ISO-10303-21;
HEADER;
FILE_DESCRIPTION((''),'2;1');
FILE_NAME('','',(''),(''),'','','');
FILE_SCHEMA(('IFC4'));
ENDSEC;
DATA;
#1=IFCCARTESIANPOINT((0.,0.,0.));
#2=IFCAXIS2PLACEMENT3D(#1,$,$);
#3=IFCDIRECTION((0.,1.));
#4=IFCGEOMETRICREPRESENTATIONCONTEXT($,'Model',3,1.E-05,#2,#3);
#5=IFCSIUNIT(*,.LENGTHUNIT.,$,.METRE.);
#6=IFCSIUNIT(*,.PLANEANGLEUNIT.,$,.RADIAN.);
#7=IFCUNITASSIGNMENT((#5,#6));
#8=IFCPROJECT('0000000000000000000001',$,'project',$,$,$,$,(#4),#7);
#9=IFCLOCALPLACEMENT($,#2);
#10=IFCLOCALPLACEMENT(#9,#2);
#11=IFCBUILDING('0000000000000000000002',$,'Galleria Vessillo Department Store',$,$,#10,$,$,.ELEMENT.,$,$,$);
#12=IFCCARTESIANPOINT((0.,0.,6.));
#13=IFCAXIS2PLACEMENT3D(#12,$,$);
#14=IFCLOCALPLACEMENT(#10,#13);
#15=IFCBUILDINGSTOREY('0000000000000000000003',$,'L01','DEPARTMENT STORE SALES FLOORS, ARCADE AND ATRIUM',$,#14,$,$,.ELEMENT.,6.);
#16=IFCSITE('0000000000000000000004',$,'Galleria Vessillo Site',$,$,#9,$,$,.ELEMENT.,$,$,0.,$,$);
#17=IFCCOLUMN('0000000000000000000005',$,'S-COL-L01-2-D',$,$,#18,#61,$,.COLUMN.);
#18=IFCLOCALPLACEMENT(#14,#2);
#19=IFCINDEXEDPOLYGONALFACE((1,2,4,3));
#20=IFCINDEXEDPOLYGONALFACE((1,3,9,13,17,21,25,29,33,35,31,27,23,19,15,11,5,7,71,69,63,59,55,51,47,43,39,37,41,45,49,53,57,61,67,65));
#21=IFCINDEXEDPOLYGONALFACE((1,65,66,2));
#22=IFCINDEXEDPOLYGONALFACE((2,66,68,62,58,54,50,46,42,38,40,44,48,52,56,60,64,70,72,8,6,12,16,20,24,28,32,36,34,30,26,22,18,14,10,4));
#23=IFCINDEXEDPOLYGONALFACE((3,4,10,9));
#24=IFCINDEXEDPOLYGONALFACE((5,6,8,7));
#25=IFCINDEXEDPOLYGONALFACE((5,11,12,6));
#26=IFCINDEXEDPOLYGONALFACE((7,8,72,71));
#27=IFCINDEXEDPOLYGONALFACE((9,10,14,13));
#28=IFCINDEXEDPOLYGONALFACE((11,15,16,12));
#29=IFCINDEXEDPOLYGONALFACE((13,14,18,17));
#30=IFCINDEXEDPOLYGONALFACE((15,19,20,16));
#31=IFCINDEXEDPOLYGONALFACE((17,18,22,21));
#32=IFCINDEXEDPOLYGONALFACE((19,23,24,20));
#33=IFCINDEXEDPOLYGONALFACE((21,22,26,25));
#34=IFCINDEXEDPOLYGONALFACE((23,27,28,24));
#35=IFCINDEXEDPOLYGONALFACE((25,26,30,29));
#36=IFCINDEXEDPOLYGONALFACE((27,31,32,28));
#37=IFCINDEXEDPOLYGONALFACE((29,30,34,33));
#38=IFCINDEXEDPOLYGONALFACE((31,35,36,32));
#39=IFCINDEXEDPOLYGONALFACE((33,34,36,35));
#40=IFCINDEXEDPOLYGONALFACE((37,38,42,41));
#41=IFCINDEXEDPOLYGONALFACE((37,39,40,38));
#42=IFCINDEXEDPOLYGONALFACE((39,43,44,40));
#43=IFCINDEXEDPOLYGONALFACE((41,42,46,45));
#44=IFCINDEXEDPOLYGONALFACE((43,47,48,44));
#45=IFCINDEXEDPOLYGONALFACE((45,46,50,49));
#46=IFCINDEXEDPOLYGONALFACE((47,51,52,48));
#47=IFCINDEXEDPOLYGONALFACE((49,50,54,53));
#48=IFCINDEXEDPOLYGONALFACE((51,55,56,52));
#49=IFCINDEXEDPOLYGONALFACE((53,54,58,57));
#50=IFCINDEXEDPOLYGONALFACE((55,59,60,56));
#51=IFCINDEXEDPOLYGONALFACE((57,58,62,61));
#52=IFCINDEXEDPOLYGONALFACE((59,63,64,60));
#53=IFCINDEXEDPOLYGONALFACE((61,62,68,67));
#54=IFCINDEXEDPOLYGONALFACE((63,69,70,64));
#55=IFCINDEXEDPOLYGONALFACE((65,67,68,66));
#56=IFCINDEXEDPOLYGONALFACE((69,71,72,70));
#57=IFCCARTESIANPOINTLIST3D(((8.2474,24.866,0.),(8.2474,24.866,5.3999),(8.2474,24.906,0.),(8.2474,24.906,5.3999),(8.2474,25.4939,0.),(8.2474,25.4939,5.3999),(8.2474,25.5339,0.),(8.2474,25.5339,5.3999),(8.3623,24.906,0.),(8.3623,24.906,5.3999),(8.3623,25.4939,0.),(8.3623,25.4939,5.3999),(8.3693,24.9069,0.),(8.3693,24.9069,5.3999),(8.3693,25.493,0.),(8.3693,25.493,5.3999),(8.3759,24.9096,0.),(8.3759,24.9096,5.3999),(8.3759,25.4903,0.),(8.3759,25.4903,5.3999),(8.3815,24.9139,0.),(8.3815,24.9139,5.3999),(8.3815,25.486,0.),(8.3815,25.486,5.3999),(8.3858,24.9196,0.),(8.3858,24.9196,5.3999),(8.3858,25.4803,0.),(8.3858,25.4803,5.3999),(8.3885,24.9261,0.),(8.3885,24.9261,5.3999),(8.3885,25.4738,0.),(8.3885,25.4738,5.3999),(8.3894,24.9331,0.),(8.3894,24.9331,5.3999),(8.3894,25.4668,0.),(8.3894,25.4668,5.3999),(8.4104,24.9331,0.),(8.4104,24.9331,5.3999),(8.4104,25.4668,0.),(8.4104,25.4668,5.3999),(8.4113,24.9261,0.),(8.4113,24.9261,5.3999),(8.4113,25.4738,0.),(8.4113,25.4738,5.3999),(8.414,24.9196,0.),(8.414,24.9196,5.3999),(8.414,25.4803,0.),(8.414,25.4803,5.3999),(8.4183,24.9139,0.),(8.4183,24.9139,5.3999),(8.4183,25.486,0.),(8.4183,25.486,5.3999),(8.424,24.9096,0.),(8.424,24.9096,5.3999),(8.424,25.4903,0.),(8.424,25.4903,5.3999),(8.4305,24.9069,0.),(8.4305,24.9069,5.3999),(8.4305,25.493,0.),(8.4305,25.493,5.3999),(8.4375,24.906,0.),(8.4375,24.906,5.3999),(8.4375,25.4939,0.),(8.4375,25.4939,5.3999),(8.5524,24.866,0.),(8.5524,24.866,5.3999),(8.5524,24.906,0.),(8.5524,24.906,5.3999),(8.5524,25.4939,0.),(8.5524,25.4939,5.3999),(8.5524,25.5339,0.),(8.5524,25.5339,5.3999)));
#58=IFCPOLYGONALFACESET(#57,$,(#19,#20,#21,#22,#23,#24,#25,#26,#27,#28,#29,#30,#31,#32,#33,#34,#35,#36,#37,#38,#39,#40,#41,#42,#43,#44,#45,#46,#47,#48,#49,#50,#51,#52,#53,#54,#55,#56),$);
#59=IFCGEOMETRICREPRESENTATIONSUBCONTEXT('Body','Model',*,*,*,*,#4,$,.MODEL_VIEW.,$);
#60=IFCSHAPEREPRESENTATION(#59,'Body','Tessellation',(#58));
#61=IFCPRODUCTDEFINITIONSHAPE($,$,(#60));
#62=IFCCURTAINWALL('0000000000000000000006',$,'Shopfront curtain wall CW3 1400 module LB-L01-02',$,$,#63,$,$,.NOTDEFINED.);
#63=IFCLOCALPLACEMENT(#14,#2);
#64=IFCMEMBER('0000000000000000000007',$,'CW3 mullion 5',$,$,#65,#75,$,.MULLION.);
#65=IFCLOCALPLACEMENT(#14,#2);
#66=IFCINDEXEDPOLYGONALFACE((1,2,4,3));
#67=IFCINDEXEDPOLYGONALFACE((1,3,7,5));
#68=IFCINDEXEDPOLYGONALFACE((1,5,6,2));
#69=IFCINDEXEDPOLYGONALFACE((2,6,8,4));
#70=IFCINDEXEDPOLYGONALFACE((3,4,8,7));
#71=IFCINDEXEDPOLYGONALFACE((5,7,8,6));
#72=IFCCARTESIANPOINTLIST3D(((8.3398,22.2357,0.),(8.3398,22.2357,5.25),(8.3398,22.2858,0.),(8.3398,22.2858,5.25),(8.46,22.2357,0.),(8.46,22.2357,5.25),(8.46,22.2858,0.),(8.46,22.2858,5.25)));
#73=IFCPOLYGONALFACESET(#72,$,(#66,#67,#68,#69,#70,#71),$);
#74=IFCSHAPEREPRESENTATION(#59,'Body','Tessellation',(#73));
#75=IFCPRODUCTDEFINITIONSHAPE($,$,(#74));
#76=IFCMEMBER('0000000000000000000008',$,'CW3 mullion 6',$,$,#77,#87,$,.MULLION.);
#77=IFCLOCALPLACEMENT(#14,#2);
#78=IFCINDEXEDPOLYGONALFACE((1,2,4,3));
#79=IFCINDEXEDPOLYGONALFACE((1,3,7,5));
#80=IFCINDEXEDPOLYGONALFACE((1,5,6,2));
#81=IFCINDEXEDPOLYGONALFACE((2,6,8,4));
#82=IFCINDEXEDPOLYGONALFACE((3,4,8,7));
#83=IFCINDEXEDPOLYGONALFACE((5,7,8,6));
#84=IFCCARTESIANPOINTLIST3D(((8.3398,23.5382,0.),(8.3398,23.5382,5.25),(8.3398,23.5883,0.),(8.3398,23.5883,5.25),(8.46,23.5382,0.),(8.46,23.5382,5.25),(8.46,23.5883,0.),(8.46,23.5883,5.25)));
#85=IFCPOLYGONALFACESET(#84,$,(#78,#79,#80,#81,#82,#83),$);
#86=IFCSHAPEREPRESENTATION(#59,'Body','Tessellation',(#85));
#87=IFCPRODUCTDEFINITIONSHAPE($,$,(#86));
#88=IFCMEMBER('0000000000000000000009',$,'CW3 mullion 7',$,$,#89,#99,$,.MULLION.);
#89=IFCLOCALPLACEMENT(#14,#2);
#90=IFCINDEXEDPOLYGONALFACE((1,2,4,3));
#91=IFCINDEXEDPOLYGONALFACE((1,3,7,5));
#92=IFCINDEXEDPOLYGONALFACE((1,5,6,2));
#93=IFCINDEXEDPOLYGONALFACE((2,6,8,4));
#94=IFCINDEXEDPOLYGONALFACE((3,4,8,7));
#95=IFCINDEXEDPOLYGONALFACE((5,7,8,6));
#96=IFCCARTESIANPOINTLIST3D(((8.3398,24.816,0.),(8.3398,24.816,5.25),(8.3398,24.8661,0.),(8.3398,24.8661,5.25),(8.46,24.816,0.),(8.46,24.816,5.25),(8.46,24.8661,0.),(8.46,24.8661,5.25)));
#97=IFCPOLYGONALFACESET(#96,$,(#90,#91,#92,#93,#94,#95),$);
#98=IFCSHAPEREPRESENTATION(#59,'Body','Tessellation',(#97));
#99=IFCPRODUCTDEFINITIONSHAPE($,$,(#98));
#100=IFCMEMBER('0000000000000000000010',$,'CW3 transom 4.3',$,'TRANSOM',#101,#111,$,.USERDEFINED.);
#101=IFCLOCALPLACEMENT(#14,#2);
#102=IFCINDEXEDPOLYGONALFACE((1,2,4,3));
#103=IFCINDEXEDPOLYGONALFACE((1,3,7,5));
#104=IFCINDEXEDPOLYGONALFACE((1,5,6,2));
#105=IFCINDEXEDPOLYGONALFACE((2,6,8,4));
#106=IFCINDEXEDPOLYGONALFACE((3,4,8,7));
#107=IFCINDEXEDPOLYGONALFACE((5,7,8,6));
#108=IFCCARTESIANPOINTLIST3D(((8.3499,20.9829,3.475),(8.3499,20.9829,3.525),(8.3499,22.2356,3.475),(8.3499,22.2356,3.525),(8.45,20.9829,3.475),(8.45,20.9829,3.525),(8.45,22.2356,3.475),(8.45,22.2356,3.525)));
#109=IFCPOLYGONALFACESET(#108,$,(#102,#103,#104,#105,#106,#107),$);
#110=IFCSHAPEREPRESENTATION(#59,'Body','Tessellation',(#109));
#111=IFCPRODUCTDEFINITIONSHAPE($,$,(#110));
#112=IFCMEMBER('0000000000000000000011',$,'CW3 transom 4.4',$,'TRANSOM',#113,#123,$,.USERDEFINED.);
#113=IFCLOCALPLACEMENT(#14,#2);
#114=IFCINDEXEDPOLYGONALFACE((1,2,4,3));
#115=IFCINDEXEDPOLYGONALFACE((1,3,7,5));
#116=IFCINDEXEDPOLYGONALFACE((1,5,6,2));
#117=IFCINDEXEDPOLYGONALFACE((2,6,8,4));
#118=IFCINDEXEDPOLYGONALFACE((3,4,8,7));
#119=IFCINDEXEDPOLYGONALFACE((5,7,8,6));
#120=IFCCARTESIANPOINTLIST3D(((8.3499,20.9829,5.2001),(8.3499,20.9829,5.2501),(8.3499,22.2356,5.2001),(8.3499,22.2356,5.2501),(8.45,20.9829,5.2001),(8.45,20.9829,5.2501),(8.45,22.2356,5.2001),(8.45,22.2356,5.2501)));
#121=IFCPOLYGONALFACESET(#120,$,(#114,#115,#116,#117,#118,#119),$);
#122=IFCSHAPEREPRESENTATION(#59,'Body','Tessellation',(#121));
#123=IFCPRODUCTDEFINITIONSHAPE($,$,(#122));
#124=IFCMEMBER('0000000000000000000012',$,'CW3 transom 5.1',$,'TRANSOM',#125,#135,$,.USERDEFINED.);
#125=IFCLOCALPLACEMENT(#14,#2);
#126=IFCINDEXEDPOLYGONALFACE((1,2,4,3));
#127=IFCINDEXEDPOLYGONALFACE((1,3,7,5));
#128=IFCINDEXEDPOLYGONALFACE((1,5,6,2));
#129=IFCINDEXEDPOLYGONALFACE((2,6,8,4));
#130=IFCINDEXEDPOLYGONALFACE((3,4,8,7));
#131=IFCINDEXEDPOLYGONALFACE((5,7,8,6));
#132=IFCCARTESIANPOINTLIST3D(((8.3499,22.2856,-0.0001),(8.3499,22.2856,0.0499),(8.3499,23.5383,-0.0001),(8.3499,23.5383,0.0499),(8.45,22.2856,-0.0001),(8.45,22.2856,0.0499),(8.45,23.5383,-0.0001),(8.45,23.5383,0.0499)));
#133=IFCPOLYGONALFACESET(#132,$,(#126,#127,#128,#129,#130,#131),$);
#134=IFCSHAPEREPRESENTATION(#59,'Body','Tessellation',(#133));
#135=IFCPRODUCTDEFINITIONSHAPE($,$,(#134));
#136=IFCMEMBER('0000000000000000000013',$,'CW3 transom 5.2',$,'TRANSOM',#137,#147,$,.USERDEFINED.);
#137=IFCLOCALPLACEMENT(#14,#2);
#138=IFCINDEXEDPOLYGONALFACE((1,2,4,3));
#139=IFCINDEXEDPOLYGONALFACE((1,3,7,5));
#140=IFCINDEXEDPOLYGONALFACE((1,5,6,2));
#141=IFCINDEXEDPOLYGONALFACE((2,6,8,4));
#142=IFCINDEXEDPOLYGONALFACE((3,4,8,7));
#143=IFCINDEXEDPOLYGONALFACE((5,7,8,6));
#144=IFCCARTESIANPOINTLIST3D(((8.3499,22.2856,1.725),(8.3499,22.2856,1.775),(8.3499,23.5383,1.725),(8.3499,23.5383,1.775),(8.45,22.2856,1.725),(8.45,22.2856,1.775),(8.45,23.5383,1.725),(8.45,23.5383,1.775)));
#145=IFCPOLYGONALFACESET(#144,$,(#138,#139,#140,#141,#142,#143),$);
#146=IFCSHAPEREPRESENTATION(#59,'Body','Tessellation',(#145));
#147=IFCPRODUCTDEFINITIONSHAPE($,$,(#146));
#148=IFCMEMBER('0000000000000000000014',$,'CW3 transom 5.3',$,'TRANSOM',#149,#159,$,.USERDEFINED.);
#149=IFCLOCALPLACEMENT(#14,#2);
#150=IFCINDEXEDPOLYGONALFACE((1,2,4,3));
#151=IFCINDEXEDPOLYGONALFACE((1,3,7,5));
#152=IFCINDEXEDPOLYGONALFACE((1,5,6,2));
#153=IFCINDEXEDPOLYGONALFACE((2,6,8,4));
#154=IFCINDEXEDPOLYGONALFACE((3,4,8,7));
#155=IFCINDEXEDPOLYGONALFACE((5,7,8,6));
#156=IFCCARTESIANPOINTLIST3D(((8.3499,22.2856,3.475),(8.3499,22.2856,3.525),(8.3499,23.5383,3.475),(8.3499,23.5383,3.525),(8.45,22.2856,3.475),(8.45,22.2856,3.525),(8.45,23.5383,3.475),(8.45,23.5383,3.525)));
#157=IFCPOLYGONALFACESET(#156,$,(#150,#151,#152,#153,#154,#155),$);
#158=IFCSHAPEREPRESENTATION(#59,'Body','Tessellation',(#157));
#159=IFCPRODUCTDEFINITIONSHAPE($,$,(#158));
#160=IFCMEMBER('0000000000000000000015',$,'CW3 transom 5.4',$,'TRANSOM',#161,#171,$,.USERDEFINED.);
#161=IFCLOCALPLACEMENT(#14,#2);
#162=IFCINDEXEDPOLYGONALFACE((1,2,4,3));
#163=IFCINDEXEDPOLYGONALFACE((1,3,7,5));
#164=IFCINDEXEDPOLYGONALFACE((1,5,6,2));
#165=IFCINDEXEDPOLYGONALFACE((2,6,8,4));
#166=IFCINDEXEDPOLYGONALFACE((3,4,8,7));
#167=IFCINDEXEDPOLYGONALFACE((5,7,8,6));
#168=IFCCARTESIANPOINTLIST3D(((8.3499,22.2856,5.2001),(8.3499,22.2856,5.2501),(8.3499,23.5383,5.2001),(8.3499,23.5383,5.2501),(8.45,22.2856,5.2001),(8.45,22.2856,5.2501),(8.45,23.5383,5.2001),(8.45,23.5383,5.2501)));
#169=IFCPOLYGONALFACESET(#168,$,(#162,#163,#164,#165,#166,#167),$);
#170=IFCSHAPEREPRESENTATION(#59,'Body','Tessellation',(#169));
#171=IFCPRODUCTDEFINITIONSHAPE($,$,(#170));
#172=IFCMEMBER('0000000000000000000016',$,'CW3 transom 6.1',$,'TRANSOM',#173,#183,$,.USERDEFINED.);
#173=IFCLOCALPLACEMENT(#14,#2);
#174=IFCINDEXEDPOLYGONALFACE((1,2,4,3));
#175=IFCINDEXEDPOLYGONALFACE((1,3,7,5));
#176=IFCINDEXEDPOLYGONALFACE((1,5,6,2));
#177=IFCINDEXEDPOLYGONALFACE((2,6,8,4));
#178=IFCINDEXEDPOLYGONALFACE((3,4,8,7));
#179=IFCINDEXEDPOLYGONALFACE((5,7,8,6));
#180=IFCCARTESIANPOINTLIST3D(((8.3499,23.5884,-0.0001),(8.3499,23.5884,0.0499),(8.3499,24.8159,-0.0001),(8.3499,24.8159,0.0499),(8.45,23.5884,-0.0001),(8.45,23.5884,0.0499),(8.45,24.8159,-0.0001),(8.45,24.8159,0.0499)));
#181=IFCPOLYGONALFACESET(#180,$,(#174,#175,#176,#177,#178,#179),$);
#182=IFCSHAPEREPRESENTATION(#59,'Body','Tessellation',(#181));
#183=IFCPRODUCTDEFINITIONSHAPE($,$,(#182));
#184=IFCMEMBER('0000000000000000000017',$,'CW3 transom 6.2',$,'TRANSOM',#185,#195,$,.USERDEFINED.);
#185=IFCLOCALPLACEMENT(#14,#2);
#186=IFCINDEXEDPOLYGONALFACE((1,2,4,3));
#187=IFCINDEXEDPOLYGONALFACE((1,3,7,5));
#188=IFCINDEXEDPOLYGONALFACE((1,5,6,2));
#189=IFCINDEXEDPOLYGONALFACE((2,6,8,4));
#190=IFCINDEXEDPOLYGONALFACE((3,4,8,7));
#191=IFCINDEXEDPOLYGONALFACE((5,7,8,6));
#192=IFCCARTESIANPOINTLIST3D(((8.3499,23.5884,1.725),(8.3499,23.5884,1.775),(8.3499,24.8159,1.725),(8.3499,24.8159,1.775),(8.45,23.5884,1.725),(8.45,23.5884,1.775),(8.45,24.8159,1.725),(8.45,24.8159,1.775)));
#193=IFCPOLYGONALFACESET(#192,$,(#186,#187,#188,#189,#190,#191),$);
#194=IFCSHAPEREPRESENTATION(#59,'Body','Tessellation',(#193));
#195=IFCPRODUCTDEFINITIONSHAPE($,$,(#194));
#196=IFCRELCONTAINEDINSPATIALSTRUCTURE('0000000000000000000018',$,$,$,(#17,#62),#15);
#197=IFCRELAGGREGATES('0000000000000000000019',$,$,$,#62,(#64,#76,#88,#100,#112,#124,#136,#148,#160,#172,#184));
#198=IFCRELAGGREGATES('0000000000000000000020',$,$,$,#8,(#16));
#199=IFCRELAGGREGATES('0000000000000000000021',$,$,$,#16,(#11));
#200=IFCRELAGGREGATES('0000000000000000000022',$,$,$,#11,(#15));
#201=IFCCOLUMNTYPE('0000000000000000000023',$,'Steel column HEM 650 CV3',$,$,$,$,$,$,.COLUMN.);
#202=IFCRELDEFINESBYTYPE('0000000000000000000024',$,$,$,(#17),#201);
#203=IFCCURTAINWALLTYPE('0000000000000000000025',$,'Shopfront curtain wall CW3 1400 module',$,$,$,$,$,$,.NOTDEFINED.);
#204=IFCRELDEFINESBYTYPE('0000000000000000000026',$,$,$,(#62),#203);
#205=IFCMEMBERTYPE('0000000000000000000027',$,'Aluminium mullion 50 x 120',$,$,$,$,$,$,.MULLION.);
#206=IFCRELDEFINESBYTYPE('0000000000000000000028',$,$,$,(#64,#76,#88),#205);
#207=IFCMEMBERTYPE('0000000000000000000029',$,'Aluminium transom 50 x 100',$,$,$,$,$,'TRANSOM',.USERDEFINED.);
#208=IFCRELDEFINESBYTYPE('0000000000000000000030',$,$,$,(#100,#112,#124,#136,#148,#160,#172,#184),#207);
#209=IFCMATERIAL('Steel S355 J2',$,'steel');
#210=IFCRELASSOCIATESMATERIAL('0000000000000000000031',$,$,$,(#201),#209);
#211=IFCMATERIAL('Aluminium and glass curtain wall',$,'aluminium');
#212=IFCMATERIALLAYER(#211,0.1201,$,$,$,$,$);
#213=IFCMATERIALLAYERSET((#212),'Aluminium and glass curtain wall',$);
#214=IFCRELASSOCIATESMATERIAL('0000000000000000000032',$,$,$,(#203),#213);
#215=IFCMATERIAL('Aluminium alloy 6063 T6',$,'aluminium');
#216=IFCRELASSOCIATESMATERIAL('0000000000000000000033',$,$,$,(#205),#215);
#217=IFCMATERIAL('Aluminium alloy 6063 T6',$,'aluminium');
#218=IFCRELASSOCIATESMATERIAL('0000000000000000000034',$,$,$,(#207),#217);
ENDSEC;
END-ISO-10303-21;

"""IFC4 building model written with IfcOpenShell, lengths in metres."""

from ifc_helpers import new_model, si_unit, direction, frame, origin, origin_2d, place, context, subcontext, project, spatial, rectangle, i_section, extrude, material, layer, layer_set, material_profile, profile_set, type_object, element, aggregate, save


model = new_model("IFC4")

# Units and contexts
model_context = context("Model", 3, precision=1e-05, world=origin(), true_north=direction((0.0, 1.0)))
body_context = subcontext(model_context, "Body", "Model", "MODEL_VIEW")
ifc_project = project(units=[si_unit("LENGTHUNIT", "METRE"), si_unit("PLANEANGLEUNIT", "RADIAN")], contexts=[model_context])

# Site, building, storey
site_placement = place(None, origin())
site = spatial("IfcSite", under=ifc_project, at=site_placement, Name="Galleria Vessillo Site", CompositionType="ELEMENT", RefElevation=0.0)
building_placement = place(site_placement, origin())
building = spatial("IfcBuilding", under=site, at=building_placement, Name="Galleria Vessillo Department Store", CompositionType="ELEMENT")
storey_placement = place(building_placement, frame((0.0, 0.0, 6.0)))
storey = spatial("IfcBuildingStorey", under=building, at=storey_placement, Name="L01", Description="DEPARTMENT STORE SALES FLOORS, ARCADE AND ATRIUM", CompositionType="ELEMENT", Elevation=6.0)

# Column
ifc_material_1 = material(Name="Steel S355 J2", Category="steel")
ifc_material_profile_1 = material_profile(ifc_material_1, i_section(OverallWidth=0.3049, OverallDepth=0.668, WebThickness=0.021, FlangeThickness=0.04, FilletRadius=0.0271, at=origin_2d()), Name="HEM 650")
ifc_profile_set_1 = profile_set([ifc_material_profile_1], Name="Steel S355 J2")
column_type = type_object("IfcColumnType", Name="Steel column HEM 650 CV3", PredefinedType="COLUMN", material=ifc_profile_set_1)
column_placement = place(storey_placement, frame((8.3999, 25.2, 0.0), z_axis=(0.0, 0.0, 1.0), x_axis=(1.0, 0.0, 0.0)))
element("IfcColumn", 1, at=column_placement, inside=storey, type_object=column_type, Name="S-COL-L01-2-D", PredefinedType="COLUMN", context=body_context, shape_type="SweptSolid", body=[
    extrude(i_section(OverallWidth=0.3049, OverallDepth=0.668, WebThickness=0.021, FlangeThickness=0.04, FilletRadius=0.0271, at=origin_2d()), origin(), (0.0, 0.0, 1.0), 5.3999),
])

# Curtain wall, members
ifc_material_2 = material(Name="Aluminium and glass curtain wall", Category="aluminium")
ifc_layer_1 = layer(ifc_material_2, 0.1201)
ifc_layer_set_1 = layer_set([ifc_layer_1], Name="Aluminium and glass curtain wall")
curtain_wall_type = type_object("IfcCurtainWallType", Name="Shopfront curtain wall CW3 1400 module", PredefinedType="NOTDEFINED", material=ifc_layer_set_1)
curtain_wall_placement = place(storey_placement, origin())
curtain_wall = element("IfcCurtainWall", 2, at=curtain_wall_placement, inside=storey, type_object=curtain_wall_type, Name="Shopfront curtain wall CW3 1400 module LB-L01-02", PredefinedType="NOTDEFINED")
ifc_material_3 = material(Name="Aluminium alloy 6063 T6", Category="aluminium")
ifc_material_profile_2 = material_profile(ifc_material_3, rectangle(XDim=0.1201, YDim=0.05, at=origin_2d()), Name="AL 50x120")
ifc_profile_set_2 = profile_set([ifc_material_profile_2], Name="Aluminium alloy 6063 T6")
member_type_1 = type_object("IfcMemberType", Name="Aluminium mullion 50 x 120", PredefinedType="MULLION", material=ifc_profile_set_2)
member_1_placement = place(storey_placement, frame((8.3999, 22.2607, 0.0), z_axis=(0.0, 0.0, 1.0), x_axis=(-1.0, 0.0, 0.0)))
member_1 = element("IfcMember", 3, at=member_1_placement, type_object=member_type_1, Name="CW3 mullion 5", PredefinedType="MULLION", context=body_context, shape_type="SweptSolid", body=[
    extrude(rectangle(XDim=0.1201, YDim=0.05, at=origin_2d()), origin(), (0.0, 0.0, 1.0), 5.25),
])
member_2_placement = place(storey_placement, frame((8.3999, 23.5632, 0.0), z_axis=(0.0, 0.0, 1.0), x_axis=(-1.0, 0.0, 0.0)))
member_2 = element("IfcMember", 4, at=member_2_placement, type_object=member_type_1, Name="CW3 mullion 6", PredefinedType="MULLION", context=body_context, shape_type="SweptSolid", body=[
    extrude(rectangle(XDim=0.1201, YDim=0.05, at=origin_2d()), origin(), (0.0, 0.0, 1.0), 5.25),
])
member_3_placement = place(storey_placement, frame((8.3999, 24.8411, 0.0), z_axis=(0.0, 0.0, 1.0), x_axis=(-1.0, 0.0, 0.0)))
member_3 = element("IfcMember", 5, at=member_3_placement, type_object=member_type_1, Name="CW3 mullion 7", PredefinedType="MULLION", context=body_context, shape_type="SweptSolid", body=[
    extrude(rectangle(XDim=0.1201, YDim=0.05, at=origin_2d()), origin(), (0.0, 0.0, 1.0), 5.25),
])
ifc_material_4 = material(Name="Aluminium alloy 6063 T6", Category="aluminium")
ifc_material_profile_3 = material_profile(ifc_material_4, rectangle(XDim=0.1001, YDim=0.05, at=origin_2d()), Name="AL 50x100")
ifc_profile_set_3 = profile_set([ifc_material_profile_3], Name="Aluminium alloy 6063 T6")
member_type_2 = type_object("IfcMemberType", Name="Aluminium transom 50 x 100", ElementType="TRANSOM", PredefinedType="USERDEFINED", material=ifc_profile_set_3)
member_4_placement = place(storey_placement, frame((8.3999, 20.9829, 3.5), z_axis=(0.0, 1.0, 0.0), x_axis=(-1.0, 0.0, 0.0)))
member_4 = element("IfcMember", 6, at=member_4_placement, type_object=member_type_2, Name="CW3 transom 4.3", ObjectType="TRANSOM", PredefinedType="USERDEFINED", context=body_context, shape_type="SweptSolid", body=[
    extrude(rectangle(XDim=0.1001, YDim=0.05, at=origin_2d()), origin(), (0.0, 0.0, 1.0), 1.2527),
])
member_5_placement = place(storey_placement, frame((8.3999, 20.9829, 5.2251), z_axis=(0.0, 1.0, 0.0), x_axis=(-1.0, 0.0, 0.0)))
member_5 = element("IfcMember", 7, at=member_5_placement, type_object=member_type_2, Name="CW3 transom 4.4", ObjectType="TRANSOM", PredefinedType="USERDEFINED", context=body_context, shape_type="SweptSolid", body=[
    extrude(rectangle(XDim=0.1001, YDim=0.05, at=origin_2d()), origin(), (0.0, 0.0, 1.0), 1.2527),
])
member_6_placement = place(storey_placement, frame((8.3999, 22.2856, 0.0249), z_axis=(0.0, 1.0, 0.0), x_axis=(-1.0, 0.0, 0.0)))
member_6 = element("IfcMember", 8, at=member_6_placement, type_object=member_type_2, Name="CW3 transom 5.1", ObjectType="TRANSOM", PredefinedType="USERDEFINED", context=body_context, shape_type="SweptSolid", body=[
    extrude(rectangle(XDim=0.1001, YDim=0.05, at=origin_2d()), origin(), (0.0, 0.0, 1.0), 1.2527),
])
member_7_placement = place(storey_placement, frame((8.3999, 22.2856, 1.75), z_axis=(0.0, 1.0, 0.0), x_axis=(-1.0, 0.0, 0.0)))
member_7 = element("IfcMember", 9, at=member_7_placement, type_object=member_type_2, Name="CW3 transom 5.2", ObjectType="TRANSOM", PredefinedType="USERDEFINED", context=body_context, shape_type="SweptSolid", body=[
    extrude(rectangle(XDim=0.1001, YDim=0.05, at=origin_2d()), origin(), (0.0, 0.0, 1.0), 1.2527),
])
member_8_placement = place(storey_placement, frame((8.3999, 22.2856, 3.5), z_axis=(0.0, 1.0, 0.0), x_axis=(-1.0, 0.0, 0.0)))
member_8 = element("IfcMember", 10, at=member_8_placement, type_object=member_type_2, Name="CW3 transom 5.3", ObjectType="TRANSOM", PredefinedType="USERDEFINED", context=body_context, shape_type="SweptSolid", body=[
    extrude(rectangle(XDim=0.1001, YDim=0.05, at=origin_2d()), origin(), (0.0, 0.0, 1.0), 1.2527),
])
member_9_placement = place(storey_placement, frame((8.3999, 22.2856, 5.2251), z_axis=(0.0, 1.0, 0.0), x_axis=(-1.0, 0.0, 0.0)))
member_9 = element("IfcMember", 11, at=member_9_placement, type_object=member_type_2, Name="CW3 transom 5.4", ObjectType="TRANSOM", PredefinedType="USERDEFINED", context=body_context, shape_type="SweptSolid", body=[
    extrude(rectangle(XDim=0.1001, YDim=0.05, at=origin_2d()), origin(), (0.0, 0.0, 1.0), 1.2527),
])
member_10_placement = place(storey_placement, frame((8.3999, 23.5884, 0.0249), z_axis=(0.0, 1.0, 0.0), x_axis=(-1.0, 0.0, 0.0)))
member_10 = element("IfcMember", 12, at=member_10_placement, type_object=member_type_2, Name="CW3 transom 6.1", ObjectType="TRANSOM", PredefinedType="USERDEFINED", context=body_context, shape_type="SweptSolid", body=[
    extrude(rectangle(XDim=0.1001, YDim=0.05, at=origin_2d()), origin(), (0.0, 0.0, 1.0), 1.2275),
])
member_11_placement = place(storey_placement, frame((8.3999, 23.5884, 1.75), z_axis=(0.0, 1.0, 0.0), x_axis=(-1.0, 0.0, 0.0)))
member_11 = element("IfcMember", 13, at=member_11_placement, type_object=member_type_2, Name="CW3 transom 6.2", ObjectType="TRANSOM", PredefinedType="USERDEFINED", context=body_context, shape_type="SweptSolid", body=[
    extrude(rectangle(XDim=0.1001, YDim=0.05, at=origin_2d()), origin(), (0.0, 0.0, 1.0), 1.2275),
])

aggregate(curtain_wall, [member_1, member_2, member_3, member_4, member_5, member_6, member_7, member_8, member_9, member_10, member_11])

save(model, "model.ifc")
